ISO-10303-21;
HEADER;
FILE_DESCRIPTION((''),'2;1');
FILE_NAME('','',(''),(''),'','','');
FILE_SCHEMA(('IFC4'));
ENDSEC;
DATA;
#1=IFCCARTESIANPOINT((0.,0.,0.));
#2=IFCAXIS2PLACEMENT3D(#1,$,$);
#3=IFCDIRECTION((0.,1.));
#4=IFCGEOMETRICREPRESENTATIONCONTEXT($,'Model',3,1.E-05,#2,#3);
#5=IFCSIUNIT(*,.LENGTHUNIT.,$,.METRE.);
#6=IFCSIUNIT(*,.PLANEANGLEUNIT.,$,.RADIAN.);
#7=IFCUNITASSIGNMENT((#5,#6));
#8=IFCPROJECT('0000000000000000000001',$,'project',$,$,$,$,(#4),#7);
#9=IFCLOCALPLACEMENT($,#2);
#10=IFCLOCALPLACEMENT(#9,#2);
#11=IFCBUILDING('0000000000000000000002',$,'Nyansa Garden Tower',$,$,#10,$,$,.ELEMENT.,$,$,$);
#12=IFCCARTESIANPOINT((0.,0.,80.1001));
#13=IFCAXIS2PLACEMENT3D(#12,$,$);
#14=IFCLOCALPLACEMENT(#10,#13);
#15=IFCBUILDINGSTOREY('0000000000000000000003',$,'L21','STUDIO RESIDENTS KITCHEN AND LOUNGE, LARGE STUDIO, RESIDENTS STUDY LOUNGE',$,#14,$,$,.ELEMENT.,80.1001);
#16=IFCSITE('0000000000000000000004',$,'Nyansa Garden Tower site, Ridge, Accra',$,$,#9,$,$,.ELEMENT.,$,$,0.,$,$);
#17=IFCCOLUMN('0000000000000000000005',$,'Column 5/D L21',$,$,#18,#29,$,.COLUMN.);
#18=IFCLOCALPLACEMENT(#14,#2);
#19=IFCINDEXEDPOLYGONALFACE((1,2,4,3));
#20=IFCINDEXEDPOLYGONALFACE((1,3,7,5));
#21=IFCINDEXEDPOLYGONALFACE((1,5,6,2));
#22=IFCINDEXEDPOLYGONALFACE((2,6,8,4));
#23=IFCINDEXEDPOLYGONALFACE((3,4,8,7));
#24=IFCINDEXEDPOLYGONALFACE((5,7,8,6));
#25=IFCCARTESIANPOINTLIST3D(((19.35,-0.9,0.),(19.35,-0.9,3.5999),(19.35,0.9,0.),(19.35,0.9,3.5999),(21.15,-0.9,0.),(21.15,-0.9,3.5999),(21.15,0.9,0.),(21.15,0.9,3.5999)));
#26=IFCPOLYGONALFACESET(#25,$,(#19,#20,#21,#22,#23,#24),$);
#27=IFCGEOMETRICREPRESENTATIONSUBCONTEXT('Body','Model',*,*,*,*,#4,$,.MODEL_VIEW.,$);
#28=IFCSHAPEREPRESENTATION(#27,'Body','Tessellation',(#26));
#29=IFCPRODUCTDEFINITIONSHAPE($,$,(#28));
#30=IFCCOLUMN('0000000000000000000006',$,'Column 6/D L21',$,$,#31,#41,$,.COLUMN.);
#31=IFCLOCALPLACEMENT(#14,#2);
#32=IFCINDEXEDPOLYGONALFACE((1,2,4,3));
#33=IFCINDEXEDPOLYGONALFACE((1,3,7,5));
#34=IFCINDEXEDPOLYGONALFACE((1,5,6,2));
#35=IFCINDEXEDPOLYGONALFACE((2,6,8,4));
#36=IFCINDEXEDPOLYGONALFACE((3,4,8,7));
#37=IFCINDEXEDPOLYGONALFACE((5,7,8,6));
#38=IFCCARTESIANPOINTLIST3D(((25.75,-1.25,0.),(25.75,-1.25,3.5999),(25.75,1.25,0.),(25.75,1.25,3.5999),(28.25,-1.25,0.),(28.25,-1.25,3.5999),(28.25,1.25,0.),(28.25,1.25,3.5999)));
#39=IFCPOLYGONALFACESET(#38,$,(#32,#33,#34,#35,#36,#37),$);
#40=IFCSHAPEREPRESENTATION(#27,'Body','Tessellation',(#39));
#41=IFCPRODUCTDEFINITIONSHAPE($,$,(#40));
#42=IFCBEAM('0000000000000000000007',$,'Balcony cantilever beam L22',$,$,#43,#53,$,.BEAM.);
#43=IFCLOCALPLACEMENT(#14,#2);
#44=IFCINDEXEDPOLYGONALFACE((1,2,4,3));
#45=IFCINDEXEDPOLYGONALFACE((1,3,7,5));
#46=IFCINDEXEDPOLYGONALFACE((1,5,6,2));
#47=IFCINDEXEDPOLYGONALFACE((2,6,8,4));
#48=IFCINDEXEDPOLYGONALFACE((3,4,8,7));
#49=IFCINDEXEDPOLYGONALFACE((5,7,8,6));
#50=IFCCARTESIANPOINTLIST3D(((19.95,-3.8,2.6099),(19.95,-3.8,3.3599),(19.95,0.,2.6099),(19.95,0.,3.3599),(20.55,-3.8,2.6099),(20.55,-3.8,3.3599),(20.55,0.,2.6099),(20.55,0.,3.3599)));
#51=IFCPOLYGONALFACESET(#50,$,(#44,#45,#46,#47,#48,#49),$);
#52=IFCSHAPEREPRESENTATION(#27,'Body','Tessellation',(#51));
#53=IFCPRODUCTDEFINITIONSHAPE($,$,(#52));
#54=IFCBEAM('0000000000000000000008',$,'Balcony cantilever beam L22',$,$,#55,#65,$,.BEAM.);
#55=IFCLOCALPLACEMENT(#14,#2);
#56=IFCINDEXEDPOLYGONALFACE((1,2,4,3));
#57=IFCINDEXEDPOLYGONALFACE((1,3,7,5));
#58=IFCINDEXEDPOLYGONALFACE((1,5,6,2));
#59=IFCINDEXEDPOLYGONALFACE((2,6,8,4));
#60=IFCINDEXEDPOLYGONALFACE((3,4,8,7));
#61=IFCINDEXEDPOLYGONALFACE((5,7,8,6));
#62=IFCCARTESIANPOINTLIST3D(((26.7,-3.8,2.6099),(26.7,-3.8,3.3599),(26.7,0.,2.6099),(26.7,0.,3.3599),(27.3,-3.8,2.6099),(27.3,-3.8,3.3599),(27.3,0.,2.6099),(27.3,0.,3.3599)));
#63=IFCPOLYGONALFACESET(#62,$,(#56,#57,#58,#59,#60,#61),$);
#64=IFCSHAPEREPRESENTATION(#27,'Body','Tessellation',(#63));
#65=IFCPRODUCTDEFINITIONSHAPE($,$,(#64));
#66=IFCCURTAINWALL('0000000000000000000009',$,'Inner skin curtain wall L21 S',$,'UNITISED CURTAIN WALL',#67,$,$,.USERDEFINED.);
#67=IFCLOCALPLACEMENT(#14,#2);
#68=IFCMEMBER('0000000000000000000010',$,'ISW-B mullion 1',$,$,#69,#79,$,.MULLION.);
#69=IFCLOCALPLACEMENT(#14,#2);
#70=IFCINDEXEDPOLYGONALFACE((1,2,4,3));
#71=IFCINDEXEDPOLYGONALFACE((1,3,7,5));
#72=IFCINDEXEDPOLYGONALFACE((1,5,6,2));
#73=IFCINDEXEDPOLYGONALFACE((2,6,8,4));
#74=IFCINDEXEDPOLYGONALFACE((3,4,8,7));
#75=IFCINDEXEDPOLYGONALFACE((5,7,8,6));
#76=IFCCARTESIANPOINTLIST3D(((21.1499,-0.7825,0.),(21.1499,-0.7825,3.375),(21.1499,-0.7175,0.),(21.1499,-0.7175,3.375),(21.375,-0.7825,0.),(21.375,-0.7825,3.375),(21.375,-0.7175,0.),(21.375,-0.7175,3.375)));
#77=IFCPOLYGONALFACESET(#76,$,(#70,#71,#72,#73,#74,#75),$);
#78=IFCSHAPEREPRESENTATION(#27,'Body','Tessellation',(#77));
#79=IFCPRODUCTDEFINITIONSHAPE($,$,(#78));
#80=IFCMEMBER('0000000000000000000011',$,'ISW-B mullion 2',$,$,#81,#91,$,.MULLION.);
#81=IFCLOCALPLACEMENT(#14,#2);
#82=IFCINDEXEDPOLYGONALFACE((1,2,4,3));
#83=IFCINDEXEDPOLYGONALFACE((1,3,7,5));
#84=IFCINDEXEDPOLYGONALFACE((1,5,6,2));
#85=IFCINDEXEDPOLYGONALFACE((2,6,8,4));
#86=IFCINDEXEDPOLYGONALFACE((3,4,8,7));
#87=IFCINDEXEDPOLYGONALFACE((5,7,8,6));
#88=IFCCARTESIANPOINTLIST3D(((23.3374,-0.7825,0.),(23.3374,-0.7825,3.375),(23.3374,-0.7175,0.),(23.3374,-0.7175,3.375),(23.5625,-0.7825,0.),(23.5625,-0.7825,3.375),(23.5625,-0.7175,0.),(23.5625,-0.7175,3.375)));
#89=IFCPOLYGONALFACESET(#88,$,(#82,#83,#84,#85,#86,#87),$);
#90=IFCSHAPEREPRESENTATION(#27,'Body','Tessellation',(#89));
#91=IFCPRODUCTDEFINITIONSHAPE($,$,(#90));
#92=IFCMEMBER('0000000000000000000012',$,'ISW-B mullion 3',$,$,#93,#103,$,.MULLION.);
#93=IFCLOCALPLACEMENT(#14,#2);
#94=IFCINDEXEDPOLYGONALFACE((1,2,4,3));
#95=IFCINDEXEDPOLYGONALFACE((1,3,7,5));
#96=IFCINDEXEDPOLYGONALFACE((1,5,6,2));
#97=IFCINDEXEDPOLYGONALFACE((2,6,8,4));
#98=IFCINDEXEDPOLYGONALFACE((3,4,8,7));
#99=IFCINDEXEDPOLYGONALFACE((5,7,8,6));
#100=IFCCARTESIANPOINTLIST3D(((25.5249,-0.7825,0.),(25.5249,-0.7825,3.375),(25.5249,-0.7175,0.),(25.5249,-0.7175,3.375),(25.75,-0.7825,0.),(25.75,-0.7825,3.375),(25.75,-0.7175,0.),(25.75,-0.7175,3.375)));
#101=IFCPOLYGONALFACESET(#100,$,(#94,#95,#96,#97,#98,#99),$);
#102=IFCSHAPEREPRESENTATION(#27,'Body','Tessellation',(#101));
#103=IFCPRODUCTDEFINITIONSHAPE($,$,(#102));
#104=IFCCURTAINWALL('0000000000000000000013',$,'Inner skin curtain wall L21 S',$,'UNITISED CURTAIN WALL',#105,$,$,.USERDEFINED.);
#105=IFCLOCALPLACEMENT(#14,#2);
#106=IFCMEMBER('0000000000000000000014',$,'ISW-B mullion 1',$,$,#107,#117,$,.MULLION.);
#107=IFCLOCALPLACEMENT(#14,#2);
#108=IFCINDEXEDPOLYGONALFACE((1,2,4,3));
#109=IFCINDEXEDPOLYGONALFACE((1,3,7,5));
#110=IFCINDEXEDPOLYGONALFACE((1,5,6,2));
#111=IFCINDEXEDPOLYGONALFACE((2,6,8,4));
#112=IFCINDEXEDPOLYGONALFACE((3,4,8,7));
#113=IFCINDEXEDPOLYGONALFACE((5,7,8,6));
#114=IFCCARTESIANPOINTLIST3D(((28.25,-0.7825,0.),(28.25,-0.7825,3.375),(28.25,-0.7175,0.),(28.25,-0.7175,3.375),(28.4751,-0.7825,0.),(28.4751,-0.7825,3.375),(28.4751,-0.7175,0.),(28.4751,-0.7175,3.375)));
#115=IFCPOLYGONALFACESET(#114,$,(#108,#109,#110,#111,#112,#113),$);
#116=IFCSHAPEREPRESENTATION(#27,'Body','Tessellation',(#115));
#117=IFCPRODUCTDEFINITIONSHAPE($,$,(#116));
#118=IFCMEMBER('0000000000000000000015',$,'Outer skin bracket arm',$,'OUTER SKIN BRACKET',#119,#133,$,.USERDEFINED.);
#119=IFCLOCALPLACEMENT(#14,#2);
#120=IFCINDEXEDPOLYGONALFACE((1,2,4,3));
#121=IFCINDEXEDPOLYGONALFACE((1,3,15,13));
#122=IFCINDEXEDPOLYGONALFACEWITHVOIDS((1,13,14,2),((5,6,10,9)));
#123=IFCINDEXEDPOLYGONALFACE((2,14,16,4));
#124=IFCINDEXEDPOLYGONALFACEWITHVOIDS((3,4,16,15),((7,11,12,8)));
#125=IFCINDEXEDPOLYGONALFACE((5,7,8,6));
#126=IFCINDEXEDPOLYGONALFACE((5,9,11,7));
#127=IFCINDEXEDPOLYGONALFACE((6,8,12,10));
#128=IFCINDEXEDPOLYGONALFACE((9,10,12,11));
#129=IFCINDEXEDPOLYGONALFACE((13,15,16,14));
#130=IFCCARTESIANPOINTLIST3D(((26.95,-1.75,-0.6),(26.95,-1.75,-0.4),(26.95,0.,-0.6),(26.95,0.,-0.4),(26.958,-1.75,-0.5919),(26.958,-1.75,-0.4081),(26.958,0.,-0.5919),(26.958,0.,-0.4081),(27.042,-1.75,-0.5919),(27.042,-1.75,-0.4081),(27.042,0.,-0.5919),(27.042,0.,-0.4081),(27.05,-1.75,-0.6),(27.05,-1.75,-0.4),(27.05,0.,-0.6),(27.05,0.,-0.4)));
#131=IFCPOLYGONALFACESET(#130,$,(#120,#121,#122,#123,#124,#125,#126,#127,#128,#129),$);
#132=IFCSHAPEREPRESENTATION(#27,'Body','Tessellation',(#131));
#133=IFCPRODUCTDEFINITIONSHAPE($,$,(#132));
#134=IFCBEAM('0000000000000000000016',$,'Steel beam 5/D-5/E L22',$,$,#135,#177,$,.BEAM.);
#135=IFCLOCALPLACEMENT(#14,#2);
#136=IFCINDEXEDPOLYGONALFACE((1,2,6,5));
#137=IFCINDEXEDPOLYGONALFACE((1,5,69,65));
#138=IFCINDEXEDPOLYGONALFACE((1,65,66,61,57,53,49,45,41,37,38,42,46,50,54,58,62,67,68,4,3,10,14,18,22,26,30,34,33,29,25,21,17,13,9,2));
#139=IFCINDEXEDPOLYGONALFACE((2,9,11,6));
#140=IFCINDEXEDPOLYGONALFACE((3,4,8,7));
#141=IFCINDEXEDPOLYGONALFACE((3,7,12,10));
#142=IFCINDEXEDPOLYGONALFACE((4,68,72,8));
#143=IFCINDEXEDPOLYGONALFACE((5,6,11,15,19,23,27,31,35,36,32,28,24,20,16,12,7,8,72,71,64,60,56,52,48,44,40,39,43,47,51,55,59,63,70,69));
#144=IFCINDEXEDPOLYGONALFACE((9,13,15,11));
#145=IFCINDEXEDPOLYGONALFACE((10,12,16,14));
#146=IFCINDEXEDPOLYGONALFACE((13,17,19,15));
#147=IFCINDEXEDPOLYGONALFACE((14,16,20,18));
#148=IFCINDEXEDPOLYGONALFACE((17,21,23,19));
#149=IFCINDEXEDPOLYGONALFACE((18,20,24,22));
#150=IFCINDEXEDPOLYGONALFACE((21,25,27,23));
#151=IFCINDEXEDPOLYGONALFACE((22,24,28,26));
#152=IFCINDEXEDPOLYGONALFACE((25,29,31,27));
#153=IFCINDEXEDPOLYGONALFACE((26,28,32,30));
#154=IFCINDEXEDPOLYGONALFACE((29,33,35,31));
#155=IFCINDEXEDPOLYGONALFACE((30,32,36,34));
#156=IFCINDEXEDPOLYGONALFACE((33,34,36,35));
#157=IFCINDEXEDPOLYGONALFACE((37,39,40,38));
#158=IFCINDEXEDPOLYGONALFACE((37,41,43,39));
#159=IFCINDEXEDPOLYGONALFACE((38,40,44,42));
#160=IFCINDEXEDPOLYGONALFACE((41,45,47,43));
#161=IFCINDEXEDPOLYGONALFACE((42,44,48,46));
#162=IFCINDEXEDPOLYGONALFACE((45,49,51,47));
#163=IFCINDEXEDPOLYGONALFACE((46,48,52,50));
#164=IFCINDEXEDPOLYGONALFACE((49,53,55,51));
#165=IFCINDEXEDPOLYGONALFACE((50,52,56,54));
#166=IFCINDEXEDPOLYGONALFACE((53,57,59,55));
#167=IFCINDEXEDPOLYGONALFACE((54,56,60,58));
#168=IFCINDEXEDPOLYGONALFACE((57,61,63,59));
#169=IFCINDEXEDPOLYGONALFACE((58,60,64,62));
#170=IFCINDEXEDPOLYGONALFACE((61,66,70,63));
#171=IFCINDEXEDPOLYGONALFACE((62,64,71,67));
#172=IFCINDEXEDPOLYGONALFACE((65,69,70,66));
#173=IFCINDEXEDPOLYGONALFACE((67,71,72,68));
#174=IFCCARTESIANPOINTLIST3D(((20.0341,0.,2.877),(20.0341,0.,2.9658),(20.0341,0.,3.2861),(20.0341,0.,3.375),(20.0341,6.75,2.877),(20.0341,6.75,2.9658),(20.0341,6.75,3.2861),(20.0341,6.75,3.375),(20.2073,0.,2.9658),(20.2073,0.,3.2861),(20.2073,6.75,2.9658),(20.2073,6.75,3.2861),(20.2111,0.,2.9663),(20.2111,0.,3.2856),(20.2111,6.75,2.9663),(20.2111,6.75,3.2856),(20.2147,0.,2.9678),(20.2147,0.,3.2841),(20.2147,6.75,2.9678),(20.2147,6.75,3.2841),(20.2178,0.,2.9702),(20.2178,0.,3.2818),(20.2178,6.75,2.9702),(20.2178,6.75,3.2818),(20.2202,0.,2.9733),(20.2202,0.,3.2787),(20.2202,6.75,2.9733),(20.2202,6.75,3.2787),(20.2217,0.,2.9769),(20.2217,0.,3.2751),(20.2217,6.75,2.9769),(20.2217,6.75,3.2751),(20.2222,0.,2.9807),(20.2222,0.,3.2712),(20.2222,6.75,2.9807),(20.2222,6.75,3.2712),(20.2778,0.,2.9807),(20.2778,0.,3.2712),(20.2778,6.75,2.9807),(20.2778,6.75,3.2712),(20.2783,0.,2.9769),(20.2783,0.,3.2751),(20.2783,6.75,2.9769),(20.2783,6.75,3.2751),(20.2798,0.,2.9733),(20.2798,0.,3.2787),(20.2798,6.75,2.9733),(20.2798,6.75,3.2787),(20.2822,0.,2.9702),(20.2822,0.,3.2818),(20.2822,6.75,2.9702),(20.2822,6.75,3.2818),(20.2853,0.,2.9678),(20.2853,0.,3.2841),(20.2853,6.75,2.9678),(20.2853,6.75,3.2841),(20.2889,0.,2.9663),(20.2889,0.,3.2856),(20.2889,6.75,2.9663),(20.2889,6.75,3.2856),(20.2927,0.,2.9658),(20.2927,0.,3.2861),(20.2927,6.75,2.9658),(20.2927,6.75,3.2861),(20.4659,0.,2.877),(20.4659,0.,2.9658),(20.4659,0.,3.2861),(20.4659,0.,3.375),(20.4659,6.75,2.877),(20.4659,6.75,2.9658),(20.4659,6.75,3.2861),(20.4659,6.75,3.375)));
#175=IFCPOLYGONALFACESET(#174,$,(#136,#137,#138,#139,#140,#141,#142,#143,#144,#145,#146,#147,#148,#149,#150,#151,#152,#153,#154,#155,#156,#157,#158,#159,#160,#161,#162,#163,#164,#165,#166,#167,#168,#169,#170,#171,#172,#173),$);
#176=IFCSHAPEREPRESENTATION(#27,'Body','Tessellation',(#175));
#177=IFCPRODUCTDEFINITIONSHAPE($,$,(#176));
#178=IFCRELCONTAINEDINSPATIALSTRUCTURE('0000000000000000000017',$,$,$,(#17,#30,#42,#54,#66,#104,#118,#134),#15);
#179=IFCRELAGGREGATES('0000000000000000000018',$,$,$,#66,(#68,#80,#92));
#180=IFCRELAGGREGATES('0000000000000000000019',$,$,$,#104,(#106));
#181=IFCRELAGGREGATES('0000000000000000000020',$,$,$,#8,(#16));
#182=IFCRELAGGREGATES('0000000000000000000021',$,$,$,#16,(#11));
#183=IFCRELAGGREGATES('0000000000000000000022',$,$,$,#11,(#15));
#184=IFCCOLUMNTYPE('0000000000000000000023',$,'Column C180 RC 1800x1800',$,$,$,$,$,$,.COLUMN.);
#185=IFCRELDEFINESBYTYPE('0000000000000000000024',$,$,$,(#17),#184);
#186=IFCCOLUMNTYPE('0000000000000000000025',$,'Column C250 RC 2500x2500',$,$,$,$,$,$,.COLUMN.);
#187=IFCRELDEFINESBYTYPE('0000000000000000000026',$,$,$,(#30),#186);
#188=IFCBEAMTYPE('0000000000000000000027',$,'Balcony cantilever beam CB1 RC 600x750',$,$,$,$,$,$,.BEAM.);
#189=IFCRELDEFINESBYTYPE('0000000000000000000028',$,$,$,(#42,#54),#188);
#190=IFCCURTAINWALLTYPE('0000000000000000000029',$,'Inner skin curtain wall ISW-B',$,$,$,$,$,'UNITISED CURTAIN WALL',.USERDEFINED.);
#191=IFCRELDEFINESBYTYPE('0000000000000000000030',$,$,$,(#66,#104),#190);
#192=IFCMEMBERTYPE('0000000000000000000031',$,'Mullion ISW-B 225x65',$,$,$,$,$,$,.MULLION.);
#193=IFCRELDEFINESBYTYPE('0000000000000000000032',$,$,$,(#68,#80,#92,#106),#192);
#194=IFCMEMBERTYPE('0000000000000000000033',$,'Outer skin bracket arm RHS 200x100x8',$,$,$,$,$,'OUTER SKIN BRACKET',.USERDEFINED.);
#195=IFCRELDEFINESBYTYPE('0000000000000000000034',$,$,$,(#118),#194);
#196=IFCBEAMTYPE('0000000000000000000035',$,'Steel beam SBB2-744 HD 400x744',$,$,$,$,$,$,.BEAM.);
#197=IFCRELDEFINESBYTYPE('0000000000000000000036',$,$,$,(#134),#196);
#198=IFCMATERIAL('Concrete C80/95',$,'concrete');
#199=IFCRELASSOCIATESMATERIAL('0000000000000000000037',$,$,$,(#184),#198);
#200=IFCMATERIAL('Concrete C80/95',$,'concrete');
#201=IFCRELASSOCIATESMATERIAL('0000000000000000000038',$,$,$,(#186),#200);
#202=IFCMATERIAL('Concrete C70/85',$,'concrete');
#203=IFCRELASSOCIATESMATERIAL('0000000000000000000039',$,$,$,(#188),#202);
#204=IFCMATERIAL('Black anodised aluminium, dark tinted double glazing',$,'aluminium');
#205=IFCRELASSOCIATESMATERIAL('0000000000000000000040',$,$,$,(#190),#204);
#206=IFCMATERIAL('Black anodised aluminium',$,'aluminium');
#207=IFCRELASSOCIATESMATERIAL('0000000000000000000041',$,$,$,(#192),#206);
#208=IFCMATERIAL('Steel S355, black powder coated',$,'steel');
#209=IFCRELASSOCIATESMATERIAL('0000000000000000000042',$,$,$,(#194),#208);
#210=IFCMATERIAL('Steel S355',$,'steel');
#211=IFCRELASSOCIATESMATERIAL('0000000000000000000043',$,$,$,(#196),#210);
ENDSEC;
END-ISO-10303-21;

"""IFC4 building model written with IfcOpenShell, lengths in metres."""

from ifc_helpers import new_model, si_unit, direction, frame, origin, origin_2d, place, context, subcontext, project, spatial, rectangle, hollow_rectangle, i_section, extrude, material, material_profile, profile_set, type_object, element, aggregate, save


model = new_model("IFC4")

# Units and contexts
model_context = context("Model", 3, precision=1e-05, world=origin(), true_north=direction((0.0, 1.0)))
body_context = subcontext(model_context, "Body", "Model", "MODEL_VIEW")
ifc_project = project(units=[si_unit("LENGTHUNIT", "METRE"), si_unit("PLANEANGLEUNIT", "RADIAN")], contexts=[model_context])

# Site, building, storey
site_placement = place(None, origin())
site = spatial("IfcSite", under=ifc_project, at=site_placement, Name="Nyansa Garden Tower site, Ridge, Accra", CompositionType="ELEMENT", RefElevation=0.0)
building_placement = place(site_placement, origin())
building = spatial("IfcBuilding", under=site, at=building_placement, Name="Nyansa Garden Tower", CompositionType="ELEMENT")
storey_placement = place(building_placement, frame((0.0, 0.0, 80.1001)))
storey = spatial("IfcBuildingStorey", under=building, at=storey_placement, Name="L21", Description="STUDIO RESIDENTS KITCHEN AND LOUNGE, LARGE STUDIO, RESIDENTS STUDY LOUNGE", CompositionType="ELEMENT", Elevation=80.1001)

# Columns
ifc_material_1 = material(Name="Concrete C80/95", Category="concrete")
ifc_material_profile_1 = material_profile(ifc_material_1, rectangle(XDim=1.8, YDim=1.8, at=origin_2d()), Name="RC 1800x1800")
ifc_profile_set_1 = profile_set([ifc_material_profile_1], Name="Concrete C80/95")
column_type_1 = type_object("IfcColumnType", Name="Column C180 RC 1800x1800", PredefinedType="COLUMN", material=ifc_profile_set_1)
column_1_placement = place(storey_placement, frame((20.25, 0.0, 0.0), z_axis=(0.0, 0.0, 1.0), x_axis=(1.0, 0.0, 0.0)))
element("IfcColumn", 1, at=column_1_placement, inside=storey, type_object=column_type_1, Name="Column 5/D L21", PredefinedType="COLUMN", context=body_context, shape_type="SweptSolid", body=[
    extrude(rectangle(XDim=1.8, YDim=1.8, at=origin_2d()), origin(), (0.0, 0.0, 1.0), 3.5999),
])
ifc_material_2 = material(Name="Concrete C80/95", Category="concrete")
ifc_material_profile_2 = material_profile(ifc_material_2, rectangle(XDim=2.5, YDim=2.5, at=origin_2d()), Name="RC 2500x2500")
ifc_profile_set_2 = profile_set([ifc_material_profile_2], Name="Concrete C80/95")
column_type_2 = type_object("IfcColumnType", Name="Column C250 RC 2500x2500", PredefinedType="COLUMN", material=ifc_profile_set_2)
column_2_placement = place(storey_placement, frame((27.0, 0.0, 0.0), z_axis=(0.0, 0.0, 1.0), x_axis=(1.0, 0.0, 0.0)))
element("IfcColumn", 2, at=column_2_placement, inside=storey, type_object=column_type_2, Name="Column 6/D L21", PredefinedType="COLUMN", context=body_context, shape_type="SweptSolid", body=[
    extrude(rectangle(XDim=2.5, YDim=2.5, at=origin_2d()), origin(), (0.0, 0.0, 1.0), 3.5999),
])

# Beams
ifc_material_3 = material(Name="Concrete C70/85", Category="concrete")
ifc_material_profile_3 = material_profile(ifc_material_3, rectangle(XDim=0.6001, YDim=0.75, at=origin_2d()), Name="RC 600x750")
ifc_profile_set_3 = profile_set([ifc_material_profile_3], Name="Concrete C70/85")
beam_type_1 = type_object("IfcBeamType", Name="Balcony cantilever beam CB1 RC 600x750", PredefinedType="BEAM", material=ifc_profile_set_3)
for number, where, z_axis, x_axis, name in (
    (3, (20.25, 0.0, 2.9849), (0.0, -1.0, 0.0), (1.0, 0.0, 0.0), "Balcony cantilever beam L22"),
    (4, (27.0, 0.0, 2.9849), (0.0, -1.0, 0.0), (1.0, 0.0, 0.0), "Balcony cantilever beam L22"),
):
    element("IfcBeam", number, at=place(storey_placement, frame(where, z_axis=z_axis, x_axis=x_axis)), inside=storey, type_object=beam_type_1, Name=name, PredefinedType="BEAM", context=body_context, shape_type="SweptSolid", body=[
        extrude(rectangle(XDim=0.6001, YDim=0.75, at=origin_2d()), origin(), (0.0, 0.0, 1.0), 3.8),
    ])

# Curtain wall, members
ifc_material_4 = material(Name="Black anodised aluminium, dark tinted double glazing", Category="aluminium")
curtain_wall_type = type_object("IfcCurtainWallType", Name="Inner skin curtain wall ISW-B", ElementType="UNITISED CURTAIN WALL", PredefinedType="USERDEFINED", material=ifc_material_4)
curtain_wall_1_placement = place(storey_placement, origin())
curtain_wall_1 = element("IfcCurtainWall", 5, at=curtain_wall_1_placement, inside=storey, type_object=curtain_wall_type, Name="Inner skin curtain wall L21 S", ObjectType="UNITISED CURTAIN WALL", PredefinedType="USERDEFINED")
ifc_material_5 = material(Name="Black anodised aluminium", Category="aluminium")
ifc_material_profile_4 = material_profile(ifc_material_5, rectangle(XDim=0.0649, YDim=0.2251, at=origin_2d()), Name="Mullion 225x65")
ifc_profile_set_4 = profile_set([ifc_material_profile_4], Name="Black anodised aluminium")
member_type_1 = type_object("IfcMemberType", Name="Mullion ISW-B 225x65", PredefinedType="MULLION", material=ifc_profile_set_4)
member_1_placement = place(storey_placement, frame((21.2625, -0.75, 0.0), z_axis=(0.0, 0.0, 1.0), x_axis=(0.0, 1.0, 0.0)))
member_1 = element("IfcMember", 6, at=member_1_placement, type_object=member_type_1, Name="ISW-B mullion 1", PredefinedType="MULLION", context=body_context, shape_type="SweptSolid", body=[
    extrude(rectangle(XDim=0.0649, YDim=0.2251, at=origin_2d()), origin(), (0.0, 0.0, 1.0), 3.375),
])
member_2_placement = place(storey_placement, frame((23.45, -0.75, 0.0), z_axis=(0.0, 0.0, 1.0), x_axis=(0.0, 1.0, 0.0)))
member_2 = element("IfcMember", 7, at=member_2_placement, type_object=member_type_1, Name="ISW-B mullion 2", PredefinedType="MULLION", context=body_context, shape_type="SweptSolid", body=[
    extrude(rectangle(XDim=0.0649, YDim=0.2251, at=origin_2d()), origin(), (0.0, 0.0, 1.0), 3.375),
])
member_3_placement = place(storey_placement, frame((25.6375, -0.75, 0.0), z_axis=(0.0, 0.0, 1.0), x_axis=(0.0, 1.0, 0.0)))
member_3 = element("IfcMember", 8, at=member_3_placement, type_object=member_type_1, Name="ISW-B mullion 3", PredefinedType="MULLION", context=body_context, shape_type="SweptSolid", body=[
    extrude(rectangle(XDim=0.0649, YDim=0.2251, at=origin_2d()), origin(), (0.0, 0.0, 1.0), 3.375),
])

# Curtain wall, member
curtain_wall_2_placement = place(storey_placement, origin())
curtain_wall_2 = element("IfcCurtainWall", 9, at=curtain_wall_2_placement, inside=storey, type_object=curtain_wall_type, Name="Inner skin curtain wall L21 S", ObjectType="UNITISED CURTAIN WALL", PredefinedType="USERDEFINED")
member_4_placement = place(storey_placement, frame((28.3625, -0.75, 0.0), z_axis=(0.0, 0.0, 1.0), x_axis=(0.0, 1.0, 0.0)))
member_4 = element("IfcMember", 10, at=member_4_placement, type_object=member_type_1, Name="ISW-B mullion 1", PredefinedType="MULLION", context=body_context, shape_type="SweptSolid", body=[
    extrude(rectangle(XDim=0.0649, YDim=0.2251, at=origin_2d()), origin(), (0.0, 0.0, 1.0), 3.375),
])

# Member
ifc_material_6 = material(Name="Steel S355, black powder coated", Category="steel")
ifc_material_profile_5 = material_profile(ifc_material_6, hollow_rectangle(XDim=0.1001, YDim=0.2, WallThickness=0.0081, at=origin_2d()), Name="RHS 200x100x8")
ifc_profile_set_5 = profile_set([ifc_material_profile_5], Name="Steel S355, black powder coated")
member_type_2 = type_object("IfcMemberType", Name="Outer skin bracket arm RHS 200x100x8", ElementType="OUTER SKIN BRACKET", PredefinedType="USERDEFINED", material=ifc_profile_set_5)
member_5_placement = place(storey_placement, frame((27.0, 0.0, -0.5), z_axis=(0.0, -1.0, 0.0), x_axis=(1.0, 0.0, 0.0)))
element("IfcMember", 11, at=member_5_placement, inside=storey, type_object=member_type_2, Name="Outer skin bracket arm", ObjectType="OUTER SKIN BRACKET", PredefinedType="USERDEFINED", context=body_context, shape_type="SweptSolid", body=[
    extrude(hollow_rectangle(XDim=0.1001, YDim=0.2, WallThickness=0.0081, at=origin_2d()), origin(), (0.0, 0.0, 1.0), 1.75),
])

# Beam
ifc_material_7 = material(Name="Steel S355", Category="steel")
ifc_material_profile_6 = material_profile(ifc_material_7, i_section(OverallWidth=0.4319, OverallDepth=0.498, WebThickness=0.0557, FlangeThickness=0.0889, FilletRadius=0.0149, at=origin_2d()), Name="HD 400x744")
ifc_profile_set_6 = profile_set([ifc_material_profile_6], Name="Steel S355")
beam_type_2 = type_object("IfcBeamType", Name="Steel beam SBB2-744 HD 400x744", PredefinedType="BEAM", material=ifc_profile_set_6)
for number, where, z_axis, x_axis, name in (
    (12, (20.25, 0.0, 3.126), (0.0, 1.0, 0.0), (-1.0, 0.0, 0.0), "Steel beam 5/D-5/E L22"),
):
    element("IfcBeam", number, at=place(storey_placement, frame(where, z_axis=z_axis, x_axis=x_axis)), inside=storey, type_object=beam_type_2, Name=name, PredefinedType="BEAM", context=body_context, shape_type="SweptSolid", body=[
        extrude(i_section(OverallWidth=0.4319, OverallDepth=0.498, WebThickness=0.0557, FlangeThickness=0.0889, FilletRadius=0.0149, at=origin_2d()), origin(), (0.0, 0.0, 1.0), 6.75),
    ])

aggregate(curtain_wall_1, [member_1, member_2, member_3])
aggregate(curtain_wall_2, [member_4])

save(model, "model.ifc")
